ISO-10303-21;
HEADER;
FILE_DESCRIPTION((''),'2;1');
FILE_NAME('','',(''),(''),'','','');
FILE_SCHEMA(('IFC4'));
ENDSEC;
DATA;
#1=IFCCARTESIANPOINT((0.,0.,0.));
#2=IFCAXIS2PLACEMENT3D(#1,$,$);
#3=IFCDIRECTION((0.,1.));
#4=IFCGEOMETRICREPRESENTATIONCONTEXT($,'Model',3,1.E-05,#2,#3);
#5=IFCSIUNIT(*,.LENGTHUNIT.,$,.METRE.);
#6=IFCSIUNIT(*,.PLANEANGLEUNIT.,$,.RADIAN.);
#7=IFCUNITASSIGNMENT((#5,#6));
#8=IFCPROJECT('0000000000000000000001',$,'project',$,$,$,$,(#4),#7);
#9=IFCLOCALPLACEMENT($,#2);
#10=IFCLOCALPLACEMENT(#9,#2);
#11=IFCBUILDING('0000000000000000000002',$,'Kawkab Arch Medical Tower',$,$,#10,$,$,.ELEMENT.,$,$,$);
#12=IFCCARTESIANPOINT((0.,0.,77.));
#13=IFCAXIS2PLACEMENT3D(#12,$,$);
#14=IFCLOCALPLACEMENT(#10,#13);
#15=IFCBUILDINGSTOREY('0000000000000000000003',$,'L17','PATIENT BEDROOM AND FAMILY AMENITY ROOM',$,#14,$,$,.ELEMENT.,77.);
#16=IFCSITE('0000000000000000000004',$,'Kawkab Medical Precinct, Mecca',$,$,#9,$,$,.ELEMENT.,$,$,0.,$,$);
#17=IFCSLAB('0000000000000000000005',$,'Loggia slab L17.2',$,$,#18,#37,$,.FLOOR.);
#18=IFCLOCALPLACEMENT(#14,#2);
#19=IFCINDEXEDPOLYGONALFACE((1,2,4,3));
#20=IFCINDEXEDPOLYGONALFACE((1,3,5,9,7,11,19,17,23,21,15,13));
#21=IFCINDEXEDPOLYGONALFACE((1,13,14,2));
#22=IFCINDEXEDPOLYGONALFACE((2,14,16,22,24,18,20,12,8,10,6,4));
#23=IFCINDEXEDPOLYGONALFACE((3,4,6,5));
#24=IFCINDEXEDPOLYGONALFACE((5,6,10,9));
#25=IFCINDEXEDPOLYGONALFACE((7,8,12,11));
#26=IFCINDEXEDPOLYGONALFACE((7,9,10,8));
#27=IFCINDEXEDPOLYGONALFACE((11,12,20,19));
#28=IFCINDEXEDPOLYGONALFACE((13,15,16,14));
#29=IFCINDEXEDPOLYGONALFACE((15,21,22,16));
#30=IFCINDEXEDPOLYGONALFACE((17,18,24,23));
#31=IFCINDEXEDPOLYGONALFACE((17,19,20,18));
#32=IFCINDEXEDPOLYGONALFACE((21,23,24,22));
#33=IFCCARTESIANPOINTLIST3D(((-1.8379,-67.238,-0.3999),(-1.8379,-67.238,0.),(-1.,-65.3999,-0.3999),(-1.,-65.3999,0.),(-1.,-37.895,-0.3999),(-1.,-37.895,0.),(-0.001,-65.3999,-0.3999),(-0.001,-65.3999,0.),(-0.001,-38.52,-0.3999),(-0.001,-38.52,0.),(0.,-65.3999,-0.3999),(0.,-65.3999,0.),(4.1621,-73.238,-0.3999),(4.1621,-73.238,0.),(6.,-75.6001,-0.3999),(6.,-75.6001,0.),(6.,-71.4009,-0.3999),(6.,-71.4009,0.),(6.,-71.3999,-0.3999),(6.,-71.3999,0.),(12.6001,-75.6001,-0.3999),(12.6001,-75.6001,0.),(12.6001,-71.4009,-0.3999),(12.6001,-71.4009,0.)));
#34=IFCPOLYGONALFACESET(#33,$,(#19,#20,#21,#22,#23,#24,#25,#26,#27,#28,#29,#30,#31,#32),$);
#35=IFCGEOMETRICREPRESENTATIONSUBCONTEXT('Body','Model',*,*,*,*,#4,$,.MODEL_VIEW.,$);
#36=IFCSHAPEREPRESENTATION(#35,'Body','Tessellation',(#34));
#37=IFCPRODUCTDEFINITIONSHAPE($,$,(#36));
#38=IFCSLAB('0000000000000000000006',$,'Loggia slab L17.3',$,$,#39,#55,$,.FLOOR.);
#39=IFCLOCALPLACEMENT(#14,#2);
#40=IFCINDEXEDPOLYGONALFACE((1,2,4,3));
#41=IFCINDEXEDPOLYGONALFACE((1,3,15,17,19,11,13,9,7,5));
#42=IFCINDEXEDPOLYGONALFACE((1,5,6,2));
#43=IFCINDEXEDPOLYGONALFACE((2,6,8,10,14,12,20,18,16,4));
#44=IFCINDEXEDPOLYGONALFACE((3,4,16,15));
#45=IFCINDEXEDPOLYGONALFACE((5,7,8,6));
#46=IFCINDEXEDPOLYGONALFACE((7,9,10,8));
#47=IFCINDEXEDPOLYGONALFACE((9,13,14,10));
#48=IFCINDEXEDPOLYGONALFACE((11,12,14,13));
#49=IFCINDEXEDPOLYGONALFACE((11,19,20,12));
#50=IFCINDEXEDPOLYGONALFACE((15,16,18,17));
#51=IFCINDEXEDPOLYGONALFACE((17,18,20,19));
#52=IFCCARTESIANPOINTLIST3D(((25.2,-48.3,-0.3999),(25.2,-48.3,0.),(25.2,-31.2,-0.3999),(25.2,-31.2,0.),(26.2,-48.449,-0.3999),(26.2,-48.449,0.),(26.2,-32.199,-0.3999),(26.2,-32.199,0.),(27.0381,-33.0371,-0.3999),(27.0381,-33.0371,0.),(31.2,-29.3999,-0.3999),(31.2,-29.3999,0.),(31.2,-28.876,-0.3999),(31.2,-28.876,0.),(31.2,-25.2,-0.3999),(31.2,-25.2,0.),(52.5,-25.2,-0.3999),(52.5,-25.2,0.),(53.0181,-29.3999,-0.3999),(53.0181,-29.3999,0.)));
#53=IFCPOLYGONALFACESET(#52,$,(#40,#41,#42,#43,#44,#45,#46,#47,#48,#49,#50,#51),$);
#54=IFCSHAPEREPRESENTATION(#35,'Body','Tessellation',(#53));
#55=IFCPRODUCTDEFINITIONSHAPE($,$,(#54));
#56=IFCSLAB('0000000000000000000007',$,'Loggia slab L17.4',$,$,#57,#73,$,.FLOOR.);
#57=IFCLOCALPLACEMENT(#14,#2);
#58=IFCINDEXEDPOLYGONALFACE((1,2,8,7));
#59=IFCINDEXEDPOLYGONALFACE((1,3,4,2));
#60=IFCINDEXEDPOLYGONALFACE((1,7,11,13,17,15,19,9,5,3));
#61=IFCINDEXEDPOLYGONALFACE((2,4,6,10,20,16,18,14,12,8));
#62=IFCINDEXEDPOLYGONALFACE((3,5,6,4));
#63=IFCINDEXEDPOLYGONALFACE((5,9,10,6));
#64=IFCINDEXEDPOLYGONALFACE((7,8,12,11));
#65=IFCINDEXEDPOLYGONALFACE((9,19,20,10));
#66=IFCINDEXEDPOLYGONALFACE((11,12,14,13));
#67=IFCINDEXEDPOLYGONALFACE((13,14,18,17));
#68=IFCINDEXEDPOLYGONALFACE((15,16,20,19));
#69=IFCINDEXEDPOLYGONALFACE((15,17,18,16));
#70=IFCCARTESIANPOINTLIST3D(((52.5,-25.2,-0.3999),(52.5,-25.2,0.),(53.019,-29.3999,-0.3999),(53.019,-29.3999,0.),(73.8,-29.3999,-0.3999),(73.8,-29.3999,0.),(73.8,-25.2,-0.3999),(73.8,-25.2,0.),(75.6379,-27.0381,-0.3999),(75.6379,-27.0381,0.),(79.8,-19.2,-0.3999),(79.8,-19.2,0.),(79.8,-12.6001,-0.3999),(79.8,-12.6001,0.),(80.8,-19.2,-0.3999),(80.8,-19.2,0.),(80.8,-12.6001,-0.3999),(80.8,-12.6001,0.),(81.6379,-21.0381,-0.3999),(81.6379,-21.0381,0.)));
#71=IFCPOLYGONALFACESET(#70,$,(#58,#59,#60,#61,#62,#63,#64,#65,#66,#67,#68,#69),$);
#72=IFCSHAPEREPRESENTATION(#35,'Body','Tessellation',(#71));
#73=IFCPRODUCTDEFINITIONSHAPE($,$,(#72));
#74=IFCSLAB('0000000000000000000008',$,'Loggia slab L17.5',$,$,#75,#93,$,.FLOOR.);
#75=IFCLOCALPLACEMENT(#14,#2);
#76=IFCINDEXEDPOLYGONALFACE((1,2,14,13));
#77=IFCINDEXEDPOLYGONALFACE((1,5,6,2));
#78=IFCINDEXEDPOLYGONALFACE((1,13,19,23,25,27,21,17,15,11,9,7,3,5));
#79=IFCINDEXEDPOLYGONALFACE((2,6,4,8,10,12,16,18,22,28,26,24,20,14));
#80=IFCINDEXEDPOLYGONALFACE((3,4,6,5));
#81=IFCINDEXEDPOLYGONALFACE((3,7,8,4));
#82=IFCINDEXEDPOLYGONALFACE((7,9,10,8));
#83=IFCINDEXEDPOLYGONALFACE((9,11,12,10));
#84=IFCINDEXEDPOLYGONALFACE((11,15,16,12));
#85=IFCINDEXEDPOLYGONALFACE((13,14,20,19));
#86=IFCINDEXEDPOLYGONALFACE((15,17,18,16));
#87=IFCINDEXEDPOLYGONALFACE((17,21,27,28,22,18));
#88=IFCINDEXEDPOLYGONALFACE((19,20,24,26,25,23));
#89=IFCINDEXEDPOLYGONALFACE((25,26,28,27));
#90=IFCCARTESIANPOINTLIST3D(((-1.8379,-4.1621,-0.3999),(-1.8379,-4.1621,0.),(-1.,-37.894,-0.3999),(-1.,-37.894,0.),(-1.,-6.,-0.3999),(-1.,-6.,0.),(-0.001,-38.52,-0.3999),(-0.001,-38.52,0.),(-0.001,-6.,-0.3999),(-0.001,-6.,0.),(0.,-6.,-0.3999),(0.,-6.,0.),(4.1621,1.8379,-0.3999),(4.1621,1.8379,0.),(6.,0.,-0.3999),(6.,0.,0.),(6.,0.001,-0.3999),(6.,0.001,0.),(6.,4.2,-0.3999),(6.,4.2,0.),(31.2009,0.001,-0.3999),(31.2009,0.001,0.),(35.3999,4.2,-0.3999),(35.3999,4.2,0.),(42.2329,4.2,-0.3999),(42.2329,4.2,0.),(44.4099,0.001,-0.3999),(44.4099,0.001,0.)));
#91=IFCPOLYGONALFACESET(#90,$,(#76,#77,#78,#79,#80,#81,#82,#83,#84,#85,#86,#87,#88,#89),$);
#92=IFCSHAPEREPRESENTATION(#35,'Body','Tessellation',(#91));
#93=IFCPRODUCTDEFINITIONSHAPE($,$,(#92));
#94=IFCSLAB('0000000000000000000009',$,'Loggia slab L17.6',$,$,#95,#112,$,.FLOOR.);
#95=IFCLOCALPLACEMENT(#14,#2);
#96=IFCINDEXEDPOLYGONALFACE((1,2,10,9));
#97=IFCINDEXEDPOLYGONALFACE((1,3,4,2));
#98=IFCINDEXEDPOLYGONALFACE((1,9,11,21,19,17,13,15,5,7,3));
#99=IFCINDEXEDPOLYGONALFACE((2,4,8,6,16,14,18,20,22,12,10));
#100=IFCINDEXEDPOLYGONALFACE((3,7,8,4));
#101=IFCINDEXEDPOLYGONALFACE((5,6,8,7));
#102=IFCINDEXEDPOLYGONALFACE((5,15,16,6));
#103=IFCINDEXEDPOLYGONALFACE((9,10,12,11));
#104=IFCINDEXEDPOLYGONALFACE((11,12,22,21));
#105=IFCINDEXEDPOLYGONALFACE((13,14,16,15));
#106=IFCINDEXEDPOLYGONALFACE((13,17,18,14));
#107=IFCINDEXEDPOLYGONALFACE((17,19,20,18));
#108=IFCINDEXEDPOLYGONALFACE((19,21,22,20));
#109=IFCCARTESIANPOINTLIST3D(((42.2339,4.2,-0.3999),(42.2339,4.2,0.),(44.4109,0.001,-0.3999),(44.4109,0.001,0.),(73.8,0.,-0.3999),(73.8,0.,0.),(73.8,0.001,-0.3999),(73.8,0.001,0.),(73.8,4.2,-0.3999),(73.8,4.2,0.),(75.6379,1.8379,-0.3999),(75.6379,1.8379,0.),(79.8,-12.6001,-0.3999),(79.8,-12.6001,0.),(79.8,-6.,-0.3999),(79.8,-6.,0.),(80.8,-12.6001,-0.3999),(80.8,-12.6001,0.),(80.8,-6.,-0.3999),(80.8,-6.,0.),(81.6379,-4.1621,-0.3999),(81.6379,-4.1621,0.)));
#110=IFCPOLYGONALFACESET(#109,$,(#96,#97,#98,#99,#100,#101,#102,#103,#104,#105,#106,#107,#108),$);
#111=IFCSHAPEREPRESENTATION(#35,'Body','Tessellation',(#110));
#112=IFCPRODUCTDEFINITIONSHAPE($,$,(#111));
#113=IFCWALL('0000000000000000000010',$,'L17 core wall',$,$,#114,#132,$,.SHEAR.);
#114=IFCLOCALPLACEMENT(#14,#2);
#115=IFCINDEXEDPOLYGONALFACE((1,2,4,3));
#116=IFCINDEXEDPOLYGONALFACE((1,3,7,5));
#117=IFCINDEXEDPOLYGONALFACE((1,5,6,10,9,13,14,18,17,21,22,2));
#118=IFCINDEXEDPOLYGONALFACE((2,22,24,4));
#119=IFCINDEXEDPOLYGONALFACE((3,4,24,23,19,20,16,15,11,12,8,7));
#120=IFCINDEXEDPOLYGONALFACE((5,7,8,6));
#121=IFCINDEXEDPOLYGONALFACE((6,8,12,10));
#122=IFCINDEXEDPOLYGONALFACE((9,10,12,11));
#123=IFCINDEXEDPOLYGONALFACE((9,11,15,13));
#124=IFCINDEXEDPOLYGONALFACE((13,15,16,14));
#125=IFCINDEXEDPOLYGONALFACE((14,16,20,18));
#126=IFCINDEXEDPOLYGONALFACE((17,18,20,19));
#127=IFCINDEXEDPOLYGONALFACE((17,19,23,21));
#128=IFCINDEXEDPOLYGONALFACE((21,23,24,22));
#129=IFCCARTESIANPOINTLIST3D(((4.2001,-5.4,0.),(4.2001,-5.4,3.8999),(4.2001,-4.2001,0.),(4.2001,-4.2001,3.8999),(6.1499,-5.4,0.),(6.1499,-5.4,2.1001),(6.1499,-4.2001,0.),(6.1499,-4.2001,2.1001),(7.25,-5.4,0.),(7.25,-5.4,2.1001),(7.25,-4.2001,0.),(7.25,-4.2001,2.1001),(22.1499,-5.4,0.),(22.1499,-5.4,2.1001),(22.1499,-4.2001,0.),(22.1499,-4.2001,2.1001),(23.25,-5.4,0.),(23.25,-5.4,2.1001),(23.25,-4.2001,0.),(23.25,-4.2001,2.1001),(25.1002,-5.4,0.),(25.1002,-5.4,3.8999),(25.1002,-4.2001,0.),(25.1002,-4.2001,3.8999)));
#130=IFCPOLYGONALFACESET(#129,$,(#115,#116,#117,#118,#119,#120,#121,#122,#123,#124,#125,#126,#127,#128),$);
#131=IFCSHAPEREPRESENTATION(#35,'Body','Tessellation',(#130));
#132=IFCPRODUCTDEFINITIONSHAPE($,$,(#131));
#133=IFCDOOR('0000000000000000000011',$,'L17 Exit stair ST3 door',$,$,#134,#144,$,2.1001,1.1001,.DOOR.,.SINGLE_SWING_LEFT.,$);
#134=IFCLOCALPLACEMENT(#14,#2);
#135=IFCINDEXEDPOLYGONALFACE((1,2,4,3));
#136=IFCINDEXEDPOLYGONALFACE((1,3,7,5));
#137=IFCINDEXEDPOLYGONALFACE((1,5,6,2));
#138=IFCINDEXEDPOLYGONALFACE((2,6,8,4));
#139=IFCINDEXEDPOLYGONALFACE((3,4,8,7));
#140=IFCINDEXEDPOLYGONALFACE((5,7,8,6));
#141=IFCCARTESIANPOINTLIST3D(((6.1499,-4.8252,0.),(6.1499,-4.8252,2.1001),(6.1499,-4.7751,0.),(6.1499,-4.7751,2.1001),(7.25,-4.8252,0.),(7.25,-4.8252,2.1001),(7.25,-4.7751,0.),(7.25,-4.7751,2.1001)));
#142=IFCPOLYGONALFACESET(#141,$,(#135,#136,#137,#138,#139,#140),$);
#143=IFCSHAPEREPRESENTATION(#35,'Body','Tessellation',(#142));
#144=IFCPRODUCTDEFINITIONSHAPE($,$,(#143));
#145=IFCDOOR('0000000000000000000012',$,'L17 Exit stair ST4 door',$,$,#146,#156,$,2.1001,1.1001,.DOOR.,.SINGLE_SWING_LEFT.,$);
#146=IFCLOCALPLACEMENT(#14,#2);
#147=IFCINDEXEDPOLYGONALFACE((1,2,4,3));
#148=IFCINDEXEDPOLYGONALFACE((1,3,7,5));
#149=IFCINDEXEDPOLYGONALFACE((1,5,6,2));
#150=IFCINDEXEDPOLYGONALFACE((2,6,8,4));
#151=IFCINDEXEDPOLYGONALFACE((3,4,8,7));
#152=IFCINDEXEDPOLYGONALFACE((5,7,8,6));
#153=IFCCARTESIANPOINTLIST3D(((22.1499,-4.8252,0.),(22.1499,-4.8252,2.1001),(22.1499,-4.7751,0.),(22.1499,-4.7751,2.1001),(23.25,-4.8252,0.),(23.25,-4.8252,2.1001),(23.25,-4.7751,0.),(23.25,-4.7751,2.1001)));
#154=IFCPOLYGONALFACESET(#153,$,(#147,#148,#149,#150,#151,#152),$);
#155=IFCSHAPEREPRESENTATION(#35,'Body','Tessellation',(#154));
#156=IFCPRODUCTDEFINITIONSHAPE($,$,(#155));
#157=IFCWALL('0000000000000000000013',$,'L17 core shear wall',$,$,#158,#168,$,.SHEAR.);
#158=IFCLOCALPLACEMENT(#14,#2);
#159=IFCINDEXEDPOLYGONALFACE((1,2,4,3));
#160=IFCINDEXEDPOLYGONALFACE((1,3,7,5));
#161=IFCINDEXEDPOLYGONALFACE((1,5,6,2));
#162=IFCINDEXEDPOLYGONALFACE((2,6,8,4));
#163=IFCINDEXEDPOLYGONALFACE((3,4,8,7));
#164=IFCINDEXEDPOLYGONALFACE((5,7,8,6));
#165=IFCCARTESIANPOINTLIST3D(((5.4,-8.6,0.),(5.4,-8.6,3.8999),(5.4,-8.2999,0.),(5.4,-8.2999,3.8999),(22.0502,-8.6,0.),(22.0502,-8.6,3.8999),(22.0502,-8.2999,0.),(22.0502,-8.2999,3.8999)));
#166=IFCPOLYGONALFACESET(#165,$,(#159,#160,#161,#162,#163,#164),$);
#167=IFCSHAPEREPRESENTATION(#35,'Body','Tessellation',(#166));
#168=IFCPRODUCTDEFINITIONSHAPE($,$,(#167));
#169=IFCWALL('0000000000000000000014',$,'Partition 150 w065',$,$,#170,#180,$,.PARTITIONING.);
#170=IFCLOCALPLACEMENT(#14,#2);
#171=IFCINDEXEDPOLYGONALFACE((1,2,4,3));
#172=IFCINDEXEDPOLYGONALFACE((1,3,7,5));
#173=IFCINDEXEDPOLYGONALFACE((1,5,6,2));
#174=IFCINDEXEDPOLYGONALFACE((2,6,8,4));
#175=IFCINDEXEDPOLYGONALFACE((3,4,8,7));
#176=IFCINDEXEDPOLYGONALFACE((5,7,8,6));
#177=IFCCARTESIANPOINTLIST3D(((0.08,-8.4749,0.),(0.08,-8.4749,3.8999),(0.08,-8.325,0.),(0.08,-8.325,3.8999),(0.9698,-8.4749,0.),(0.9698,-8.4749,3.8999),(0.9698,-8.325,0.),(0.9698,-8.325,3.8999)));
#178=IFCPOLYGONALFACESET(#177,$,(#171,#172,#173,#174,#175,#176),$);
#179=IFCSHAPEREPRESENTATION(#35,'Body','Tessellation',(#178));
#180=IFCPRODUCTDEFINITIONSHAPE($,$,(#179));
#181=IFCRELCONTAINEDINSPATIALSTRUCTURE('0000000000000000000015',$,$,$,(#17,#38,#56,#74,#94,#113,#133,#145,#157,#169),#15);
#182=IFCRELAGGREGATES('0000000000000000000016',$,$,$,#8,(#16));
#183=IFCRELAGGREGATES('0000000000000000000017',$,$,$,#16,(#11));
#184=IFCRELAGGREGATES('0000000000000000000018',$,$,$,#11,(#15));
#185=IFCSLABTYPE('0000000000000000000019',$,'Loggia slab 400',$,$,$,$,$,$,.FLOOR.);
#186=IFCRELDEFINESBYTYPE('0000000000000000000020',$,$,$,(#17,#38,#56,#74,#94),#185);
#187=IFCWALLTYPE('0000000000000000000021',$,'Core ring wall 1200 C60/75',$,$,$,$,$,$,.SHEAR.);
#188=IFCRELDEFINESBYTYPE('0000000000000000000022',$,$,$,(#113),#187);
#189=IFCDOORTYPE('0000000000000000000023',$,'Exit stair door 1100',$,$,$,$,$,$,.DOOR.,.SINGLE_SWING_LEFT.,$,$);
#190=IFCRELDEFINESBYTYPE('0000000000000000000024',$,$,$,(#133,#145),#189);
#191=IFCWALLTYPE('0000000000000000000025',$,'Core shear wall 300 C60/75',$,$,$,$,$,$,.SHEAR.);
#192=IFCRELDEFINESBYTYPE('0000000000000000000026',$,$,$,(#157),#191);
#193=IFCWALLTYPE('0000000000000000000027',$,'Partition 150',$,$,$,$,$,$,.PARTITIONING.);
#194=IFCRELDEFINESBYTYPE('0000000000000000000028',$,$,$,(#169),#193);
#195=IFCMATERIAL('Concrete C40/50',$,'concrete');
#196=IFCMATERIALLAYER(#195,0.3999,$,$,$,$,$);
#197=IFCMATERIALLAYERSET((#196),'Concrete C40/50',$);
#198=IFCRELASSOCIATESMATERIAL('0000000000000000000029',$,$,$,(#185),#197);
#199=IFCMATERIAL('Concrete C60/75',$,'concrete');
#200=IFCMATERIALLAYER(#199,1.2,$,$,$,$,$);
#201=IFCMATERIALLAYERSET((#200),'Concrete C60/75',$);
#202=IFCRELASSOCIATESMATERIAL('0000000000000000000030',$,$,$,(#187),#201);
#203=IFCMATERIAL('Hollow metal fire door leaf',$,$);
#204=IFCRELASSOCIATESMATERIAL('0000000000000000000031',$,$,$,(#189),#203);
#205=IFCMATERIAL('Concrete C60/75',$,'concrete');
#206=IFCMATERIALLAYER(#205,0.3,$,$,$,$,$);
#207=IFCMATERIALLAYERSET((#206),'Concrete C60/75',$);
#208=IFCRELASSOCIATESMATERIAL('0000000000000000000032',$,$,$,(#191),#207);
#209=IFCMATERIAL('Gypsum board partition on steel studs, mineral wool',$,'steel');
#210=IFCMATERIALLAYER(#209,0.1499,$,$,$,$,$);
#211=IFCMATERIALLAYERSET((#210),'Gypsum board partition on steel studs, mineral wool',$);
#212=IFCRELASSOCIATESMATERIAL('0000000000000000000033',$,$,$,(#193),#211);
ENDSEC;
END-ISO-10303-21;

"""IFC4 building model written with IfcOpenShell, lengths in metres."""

from ifc_helpers import new_model, si_unit, direction, frame, frame_2d, origin, place, context, subcontext, project, spatial, polyline, rectangle, outline, extrude, material, layer, layer_set, type_object, element, fill, save


model = new_model("IFC4")

# Units and contexts
model_context = context("Model", 3, precision=1e-05, world=origin(), true_north=direction((0.0, 1.0)))
body_context = subcontext(model_context, "Body", "Model", "MODEL_VIEW")
ifc_project = project(units=[si_unit("LENGTHUNIT", "METRE"), si_unit("PLANEANGLEUNIT", "RADIAN")], contexts=[model_context])

# Site, building, storey
site_placement = place(None, origin())
site = spatial("IfcSite", under=ifc_project, at=site_placement, Name="Kawkab Medical Precinct, Mecca", CompositionType="ELEMENT", RefElevation=0.0)
building_placement = place(site_placement, origin())
building = spatial("IfcBuilding", under=site, at=building_placement, Name="Kawkab Arch Medical Tower", CompositionType="ELEMENT")
storey_placement = place(building_placement, frame((0.0, 0.0, 77.0)))
storey = spatial("IfcBuildingStorey", under=building, at=storey_placement, Name="L17", Description="PATIENT BEDROOM AND FAMILY AMENITY ROOM", CompositionType="ELEMENT", Elevation=77.0)

# Slabs
ifc_material_1 = material(Name="Concrete C40/50", Category="concrete")
ifc_layer_1 = layer(ifc_material_1, 0.3999)
ifc_layer_set_1 = layer_set([ifc_layer_1], Name="Concrete C40/50")
slab_type_1 = type_object("IfcSlabType", Name="Loggia slab 400", PredefinedType="FLOOR", material=ifc_layer_set_1)
placement_1 = place(storey_placement, frame((0.0, 0.0, -0.3999)))
element("IfcSlab", 1, at=placement_1, inside=storey, type_object=slab_type_1, Name="Loggia slab L17.2", PredefinedType="FLOOR", context=body_context, shape_type="SweptSolid", body=[
    extrude(outline(polyline([(4.1621, -73.238), (-1.8379, -67.238), (-1.0, -65.3999), (-1.0, -37.895), (-0.001, -38.52), (-0.001, -65.3999), (0.0, -65.3999), (6.0, -71.3999), (6.0, -71.4009), (12.6001, -71.4009), (12.6001, -75.6001), (6.0, -75.6001), (4.1621, -73.238)])), origin(), (0.0, 0.0, 1.0), 0.3999),
])
element("IfcSlab", 2, at=placement_1, inside=storey, type_object=slab_type_1, Name="Loggia slab L17.3", PredefinedType="FLOOR", context=body_context, shape_type="SweptSolid", body=[
    extrude(outline(polyline([(31.2, -28.876), (27.0381, -33.0371), (26.2, -32.199), (26.2, -48.449), (25.2, -48.3), (25.2, -31.2), (31.2, -25.2), (52.5, -25.2), (53.0181, -29.3999), (31.2, -29.3999), (31.2, -28.876)])), origin(), (0.0, 0.0, 1.0), 0.3999),
])
element("IfcSlab", 3, at=placement_1, inside=storey, type_object=slab_type_1, Name="Loggia slab L17.4", PredefinedType="FLOOR", context=body_context, shape_type="SweptSolid", body=[
    extrude(outline(polyline([(81.6379, -21.0381), (75.6379, -27.0381), (73.8, -29.3999), (53.019, -29.3999), (52.5, -25.2), (73.8, -25.2), (79.8, -19.2), (79.8, -12.6001), (80.8, -12.6001), (80.8, -19.2), (81.6379, -21.0381)])), origin(), (0.0, 0.0, 1.0), 0.3999),
])
element("IfcSlab", 4, at=placement_1, inside=storey, type_object=slab_type_1, Name="Loggia slab L17.5", PredefinedType="FLOOR", context=body_context, shape_type="SweptSolid", body=[
    extrude(outline(polyline([(4.1621, 1.8379), (6.0, 4.2), (35.3999, 4.2), (42.2329, 4.2), (44.4099, 0.001), (31.2009, 0.001), (6.0, 0.001), (6.0, 0.0), (0.0, -6.0), (-0.001, -6.0), (-0.001, -38.52), (-1.0, -37.894), (-1.0, -6.0), (-1.8379, -4.1621), (4.1621, 1.8379)])), origin(), (0.0, 0.0, 1.0), 0.3999),
])
element("IfcSlab", 5, at=placement_1, inside=storey, type_object=slab_type_1, Name="Loggia slab L17.6", PredefinedType="FLOOR", context=body_context, shape_type="SweptSolid", body=[
    extrude(outline(polyline([(75.6379, 1.8379), (81.6379, -4.1621), (80.8, -6.0), (80.8, -12.6001), (79.8, -12.6001), (79.8, -6.0), (73.8, 0.0), (73.8, 0.001), (44.4109, 0.001), (42.2339, 4.2), (73.8, 4.2), (75.6379, 1.8379)])), origin(), (0.0, 0.0, 1.0), 0.3999),
])

# Wall, openings, doors
ifc_material_2 = material(Name="Concrete C60/75", Category="concrete")
ifc_layer_2 = layer(ifc_material_2, 1.2)
ifc_layer_set_2 = layer_set([ifc_layer_2], Name="Concrete C60/75")
wall_type_1 = type_object("IfcWallType", Name="Core ring wall 1200 C60/75", PredefinedType="SHEAR", material=ifc_layer_set_2)
wall_1_placement = place(storey_placement, frame((4.2, -4.8, 0.0), z_axis=(0.0, 0.0, 1.0), x_axis=(1.0, 0.0, 0.0)))
wall_1 = element("IfcWall", 6, at=wall_1_placement, inside=storey, type_object=wall_type_1, Name="L17 core wall", PredefinedType="SHEAR", context=body_context, shape_type="SweptSolid", body=[
    extrude(rectangle(XDim=20.9001, YDim=1.2, at=frame_2d((10.4502, 0.0))), origin(), (0.0, 0.0, 1.0), 3.8999),
])
opening_1_placement = place(wall_1_placement, frame((1.95, 0.0, 0.0)))
opening_1 = element("IfcOpeningElement", 7, at=opening_1_placement, cuts=wall_1, PredefinedType="OPENING", context=body_context, shape_type="SweptSolid", body=[
    extrude(rectangle(XDim=1.1001, YDim=2.1001, at=frame_2d((0.55, 1.05))), frame((0.0, 0.6099, 0.0), z_axis=(0.0, -1.0, 0.0), x_axis=(1.0, 0.0, 0.0)), (0.0, 0.0, 1.0), 1.22),
])
opening_2_placement = place(wall_1_placement, frame((17.95, 0.0, 0.0)))
opening_2 = element("IfcOpeningElement", 8, at=opening_2_placement, cuts=wall_1, PredefinedType="OPENING", context=body_context, shape_type="SweptSolid", body=[
    extrude(rectangle(XDim=1.1001, YDim=2.1001, at=frame_2d((0.55, 1.05))), frame((0.0, 0.6099, 0.0), z_axis=(0.0, -1.0, 0.0), x_axis=(1.0, 0.0, 0.0)), (0.0, 0.0, 1.0), 1.22),
])
ifc_material_3 = material(Name="Hollow metal fire door leaf")
door_type = type_object("IfcDoorType", Name="Exit stair door 1100", OperationType="SINGLE_SWING_LEFT", PredefinedType="DOOR", material=ifc_material_3)
door_1_placement = place(opening_1_placement, origin())
door_1 = element("IfcDoor", 9, at=door_1_placement, inside=storey, type_object=door_type, Name="L17 Exit stair ST3 door", OperationType="SINGLE_SWING_LEFT", OverallHeight=2.1001, OverallWidth=1.1001, PredefinedType="DOOR", context=body_context, shape_type="SweptSolid", body=[
    extrude(rectangle(XDim=1.1001, YDim=2.1001, at=frame_2d((0.55, 1.05))), frame((0.0, 0.0249, 0.0), z_axis=(0.0, -1.0, 0.0), x_axis=(1.0, 0.0, 0.0)), (0.0, 0.0, 1.0), 0.05),
])
fill(opening_1, door_1)
door_2_placement = place(opening_2_placement, origin())
door_2 = element("IfcDoor", 10, at=door_2_placement, inside=storey, type_object=door_type, Name="L17 Exit stair ST4 door", OperationType="SINGLE_SWING_LEFT", OverallHeight=2.1001, OverallWidth=1.1001, PredefinedType="DOOR", context=body_context, shape_type="SweptSolid", body=[
    extrude(rectangle(XDim=1.1001, YDim=2.1001, at=frame_2d((0.55, 1.05))), frame((0.0, 0.0249, 0.0), z_axis=(0.0, -1.0, 0.0), x_axis=(1.0, 0.0, 0.0)), (0.0, 0.0, 1.0), 0.05),
])
fill(opening_2, door_2)

# Walls
ifc_material_4 = material(Name="Concrete C60/75", Category="concrete")
ifc_layer_3 = layer(ifc_material_4, 0.3)
ifc_layer_set_3 = layer_set([ifc_layer_3], Name="Concrete C60/75")
wall_type_2 = type_object("IfcWallType", Name="Core shear wall 300 C60/75", PredefinedType="SHEAR", material=ifc_layer_set_3)
wall_2_placement = place(storey_placement, frame((5.3999, -8.45, 0.0), z_axis=(0.0, 0.0, 1.0), x_axis=(1.0, 0.0, 0.0)))
element("IfcWall", 11, at=wall_2_placement, inside=storey, type_object=wall_type_2, Name="L17 core shear wall", PredefinedType="SHEAR", context=body_context, shape_type="SweptSolid", body=[
    extrude(rectangle(XDim=16.6501, YDim=0.3, at=frame_2d((8.3252, 0.0))), origin(), (0.0, 0.0, 1.0), 3.8999),
])
ifc_material_5 = material(Name="Gypsum board partition on steel studs, mineral wool", Category="steel")
ifc_layer_4 = layer(ifc_material_5, 0.1499)
ifc_layer_set_4 = layer_set([ifc_layer_4], Name="Gypsum board partition on steel studs, mineral wool")
wall_type_3 = type_object("IfcWallType", Name="Partition 150", PredefinedType="PARTITIONING", material=ifc_layer_set_4)
wall_3_placement = place(storey_placement, frame((0.0801, -8.3999, 0.0), z_axis=(0.0, 0.0, 1.0), x_axis=(1.0, 0.0, 0.0)))
element("IfcWall", 12, at=wall_3_placement, inside=storey, type_object=wall_type_3, Name="Partition 150 w065", PredefinedType="PARTITIONING", context=body_context, shape_type="SweptSolid", body=[
    extrude(rectangle(XDim=0.8899, YDim=0.1499, at=frame_2d((0.4448, 0.0))), origin(), (0.0, 0.0, 1.0), 3.8999),
])

save(model, "model.ifc")
